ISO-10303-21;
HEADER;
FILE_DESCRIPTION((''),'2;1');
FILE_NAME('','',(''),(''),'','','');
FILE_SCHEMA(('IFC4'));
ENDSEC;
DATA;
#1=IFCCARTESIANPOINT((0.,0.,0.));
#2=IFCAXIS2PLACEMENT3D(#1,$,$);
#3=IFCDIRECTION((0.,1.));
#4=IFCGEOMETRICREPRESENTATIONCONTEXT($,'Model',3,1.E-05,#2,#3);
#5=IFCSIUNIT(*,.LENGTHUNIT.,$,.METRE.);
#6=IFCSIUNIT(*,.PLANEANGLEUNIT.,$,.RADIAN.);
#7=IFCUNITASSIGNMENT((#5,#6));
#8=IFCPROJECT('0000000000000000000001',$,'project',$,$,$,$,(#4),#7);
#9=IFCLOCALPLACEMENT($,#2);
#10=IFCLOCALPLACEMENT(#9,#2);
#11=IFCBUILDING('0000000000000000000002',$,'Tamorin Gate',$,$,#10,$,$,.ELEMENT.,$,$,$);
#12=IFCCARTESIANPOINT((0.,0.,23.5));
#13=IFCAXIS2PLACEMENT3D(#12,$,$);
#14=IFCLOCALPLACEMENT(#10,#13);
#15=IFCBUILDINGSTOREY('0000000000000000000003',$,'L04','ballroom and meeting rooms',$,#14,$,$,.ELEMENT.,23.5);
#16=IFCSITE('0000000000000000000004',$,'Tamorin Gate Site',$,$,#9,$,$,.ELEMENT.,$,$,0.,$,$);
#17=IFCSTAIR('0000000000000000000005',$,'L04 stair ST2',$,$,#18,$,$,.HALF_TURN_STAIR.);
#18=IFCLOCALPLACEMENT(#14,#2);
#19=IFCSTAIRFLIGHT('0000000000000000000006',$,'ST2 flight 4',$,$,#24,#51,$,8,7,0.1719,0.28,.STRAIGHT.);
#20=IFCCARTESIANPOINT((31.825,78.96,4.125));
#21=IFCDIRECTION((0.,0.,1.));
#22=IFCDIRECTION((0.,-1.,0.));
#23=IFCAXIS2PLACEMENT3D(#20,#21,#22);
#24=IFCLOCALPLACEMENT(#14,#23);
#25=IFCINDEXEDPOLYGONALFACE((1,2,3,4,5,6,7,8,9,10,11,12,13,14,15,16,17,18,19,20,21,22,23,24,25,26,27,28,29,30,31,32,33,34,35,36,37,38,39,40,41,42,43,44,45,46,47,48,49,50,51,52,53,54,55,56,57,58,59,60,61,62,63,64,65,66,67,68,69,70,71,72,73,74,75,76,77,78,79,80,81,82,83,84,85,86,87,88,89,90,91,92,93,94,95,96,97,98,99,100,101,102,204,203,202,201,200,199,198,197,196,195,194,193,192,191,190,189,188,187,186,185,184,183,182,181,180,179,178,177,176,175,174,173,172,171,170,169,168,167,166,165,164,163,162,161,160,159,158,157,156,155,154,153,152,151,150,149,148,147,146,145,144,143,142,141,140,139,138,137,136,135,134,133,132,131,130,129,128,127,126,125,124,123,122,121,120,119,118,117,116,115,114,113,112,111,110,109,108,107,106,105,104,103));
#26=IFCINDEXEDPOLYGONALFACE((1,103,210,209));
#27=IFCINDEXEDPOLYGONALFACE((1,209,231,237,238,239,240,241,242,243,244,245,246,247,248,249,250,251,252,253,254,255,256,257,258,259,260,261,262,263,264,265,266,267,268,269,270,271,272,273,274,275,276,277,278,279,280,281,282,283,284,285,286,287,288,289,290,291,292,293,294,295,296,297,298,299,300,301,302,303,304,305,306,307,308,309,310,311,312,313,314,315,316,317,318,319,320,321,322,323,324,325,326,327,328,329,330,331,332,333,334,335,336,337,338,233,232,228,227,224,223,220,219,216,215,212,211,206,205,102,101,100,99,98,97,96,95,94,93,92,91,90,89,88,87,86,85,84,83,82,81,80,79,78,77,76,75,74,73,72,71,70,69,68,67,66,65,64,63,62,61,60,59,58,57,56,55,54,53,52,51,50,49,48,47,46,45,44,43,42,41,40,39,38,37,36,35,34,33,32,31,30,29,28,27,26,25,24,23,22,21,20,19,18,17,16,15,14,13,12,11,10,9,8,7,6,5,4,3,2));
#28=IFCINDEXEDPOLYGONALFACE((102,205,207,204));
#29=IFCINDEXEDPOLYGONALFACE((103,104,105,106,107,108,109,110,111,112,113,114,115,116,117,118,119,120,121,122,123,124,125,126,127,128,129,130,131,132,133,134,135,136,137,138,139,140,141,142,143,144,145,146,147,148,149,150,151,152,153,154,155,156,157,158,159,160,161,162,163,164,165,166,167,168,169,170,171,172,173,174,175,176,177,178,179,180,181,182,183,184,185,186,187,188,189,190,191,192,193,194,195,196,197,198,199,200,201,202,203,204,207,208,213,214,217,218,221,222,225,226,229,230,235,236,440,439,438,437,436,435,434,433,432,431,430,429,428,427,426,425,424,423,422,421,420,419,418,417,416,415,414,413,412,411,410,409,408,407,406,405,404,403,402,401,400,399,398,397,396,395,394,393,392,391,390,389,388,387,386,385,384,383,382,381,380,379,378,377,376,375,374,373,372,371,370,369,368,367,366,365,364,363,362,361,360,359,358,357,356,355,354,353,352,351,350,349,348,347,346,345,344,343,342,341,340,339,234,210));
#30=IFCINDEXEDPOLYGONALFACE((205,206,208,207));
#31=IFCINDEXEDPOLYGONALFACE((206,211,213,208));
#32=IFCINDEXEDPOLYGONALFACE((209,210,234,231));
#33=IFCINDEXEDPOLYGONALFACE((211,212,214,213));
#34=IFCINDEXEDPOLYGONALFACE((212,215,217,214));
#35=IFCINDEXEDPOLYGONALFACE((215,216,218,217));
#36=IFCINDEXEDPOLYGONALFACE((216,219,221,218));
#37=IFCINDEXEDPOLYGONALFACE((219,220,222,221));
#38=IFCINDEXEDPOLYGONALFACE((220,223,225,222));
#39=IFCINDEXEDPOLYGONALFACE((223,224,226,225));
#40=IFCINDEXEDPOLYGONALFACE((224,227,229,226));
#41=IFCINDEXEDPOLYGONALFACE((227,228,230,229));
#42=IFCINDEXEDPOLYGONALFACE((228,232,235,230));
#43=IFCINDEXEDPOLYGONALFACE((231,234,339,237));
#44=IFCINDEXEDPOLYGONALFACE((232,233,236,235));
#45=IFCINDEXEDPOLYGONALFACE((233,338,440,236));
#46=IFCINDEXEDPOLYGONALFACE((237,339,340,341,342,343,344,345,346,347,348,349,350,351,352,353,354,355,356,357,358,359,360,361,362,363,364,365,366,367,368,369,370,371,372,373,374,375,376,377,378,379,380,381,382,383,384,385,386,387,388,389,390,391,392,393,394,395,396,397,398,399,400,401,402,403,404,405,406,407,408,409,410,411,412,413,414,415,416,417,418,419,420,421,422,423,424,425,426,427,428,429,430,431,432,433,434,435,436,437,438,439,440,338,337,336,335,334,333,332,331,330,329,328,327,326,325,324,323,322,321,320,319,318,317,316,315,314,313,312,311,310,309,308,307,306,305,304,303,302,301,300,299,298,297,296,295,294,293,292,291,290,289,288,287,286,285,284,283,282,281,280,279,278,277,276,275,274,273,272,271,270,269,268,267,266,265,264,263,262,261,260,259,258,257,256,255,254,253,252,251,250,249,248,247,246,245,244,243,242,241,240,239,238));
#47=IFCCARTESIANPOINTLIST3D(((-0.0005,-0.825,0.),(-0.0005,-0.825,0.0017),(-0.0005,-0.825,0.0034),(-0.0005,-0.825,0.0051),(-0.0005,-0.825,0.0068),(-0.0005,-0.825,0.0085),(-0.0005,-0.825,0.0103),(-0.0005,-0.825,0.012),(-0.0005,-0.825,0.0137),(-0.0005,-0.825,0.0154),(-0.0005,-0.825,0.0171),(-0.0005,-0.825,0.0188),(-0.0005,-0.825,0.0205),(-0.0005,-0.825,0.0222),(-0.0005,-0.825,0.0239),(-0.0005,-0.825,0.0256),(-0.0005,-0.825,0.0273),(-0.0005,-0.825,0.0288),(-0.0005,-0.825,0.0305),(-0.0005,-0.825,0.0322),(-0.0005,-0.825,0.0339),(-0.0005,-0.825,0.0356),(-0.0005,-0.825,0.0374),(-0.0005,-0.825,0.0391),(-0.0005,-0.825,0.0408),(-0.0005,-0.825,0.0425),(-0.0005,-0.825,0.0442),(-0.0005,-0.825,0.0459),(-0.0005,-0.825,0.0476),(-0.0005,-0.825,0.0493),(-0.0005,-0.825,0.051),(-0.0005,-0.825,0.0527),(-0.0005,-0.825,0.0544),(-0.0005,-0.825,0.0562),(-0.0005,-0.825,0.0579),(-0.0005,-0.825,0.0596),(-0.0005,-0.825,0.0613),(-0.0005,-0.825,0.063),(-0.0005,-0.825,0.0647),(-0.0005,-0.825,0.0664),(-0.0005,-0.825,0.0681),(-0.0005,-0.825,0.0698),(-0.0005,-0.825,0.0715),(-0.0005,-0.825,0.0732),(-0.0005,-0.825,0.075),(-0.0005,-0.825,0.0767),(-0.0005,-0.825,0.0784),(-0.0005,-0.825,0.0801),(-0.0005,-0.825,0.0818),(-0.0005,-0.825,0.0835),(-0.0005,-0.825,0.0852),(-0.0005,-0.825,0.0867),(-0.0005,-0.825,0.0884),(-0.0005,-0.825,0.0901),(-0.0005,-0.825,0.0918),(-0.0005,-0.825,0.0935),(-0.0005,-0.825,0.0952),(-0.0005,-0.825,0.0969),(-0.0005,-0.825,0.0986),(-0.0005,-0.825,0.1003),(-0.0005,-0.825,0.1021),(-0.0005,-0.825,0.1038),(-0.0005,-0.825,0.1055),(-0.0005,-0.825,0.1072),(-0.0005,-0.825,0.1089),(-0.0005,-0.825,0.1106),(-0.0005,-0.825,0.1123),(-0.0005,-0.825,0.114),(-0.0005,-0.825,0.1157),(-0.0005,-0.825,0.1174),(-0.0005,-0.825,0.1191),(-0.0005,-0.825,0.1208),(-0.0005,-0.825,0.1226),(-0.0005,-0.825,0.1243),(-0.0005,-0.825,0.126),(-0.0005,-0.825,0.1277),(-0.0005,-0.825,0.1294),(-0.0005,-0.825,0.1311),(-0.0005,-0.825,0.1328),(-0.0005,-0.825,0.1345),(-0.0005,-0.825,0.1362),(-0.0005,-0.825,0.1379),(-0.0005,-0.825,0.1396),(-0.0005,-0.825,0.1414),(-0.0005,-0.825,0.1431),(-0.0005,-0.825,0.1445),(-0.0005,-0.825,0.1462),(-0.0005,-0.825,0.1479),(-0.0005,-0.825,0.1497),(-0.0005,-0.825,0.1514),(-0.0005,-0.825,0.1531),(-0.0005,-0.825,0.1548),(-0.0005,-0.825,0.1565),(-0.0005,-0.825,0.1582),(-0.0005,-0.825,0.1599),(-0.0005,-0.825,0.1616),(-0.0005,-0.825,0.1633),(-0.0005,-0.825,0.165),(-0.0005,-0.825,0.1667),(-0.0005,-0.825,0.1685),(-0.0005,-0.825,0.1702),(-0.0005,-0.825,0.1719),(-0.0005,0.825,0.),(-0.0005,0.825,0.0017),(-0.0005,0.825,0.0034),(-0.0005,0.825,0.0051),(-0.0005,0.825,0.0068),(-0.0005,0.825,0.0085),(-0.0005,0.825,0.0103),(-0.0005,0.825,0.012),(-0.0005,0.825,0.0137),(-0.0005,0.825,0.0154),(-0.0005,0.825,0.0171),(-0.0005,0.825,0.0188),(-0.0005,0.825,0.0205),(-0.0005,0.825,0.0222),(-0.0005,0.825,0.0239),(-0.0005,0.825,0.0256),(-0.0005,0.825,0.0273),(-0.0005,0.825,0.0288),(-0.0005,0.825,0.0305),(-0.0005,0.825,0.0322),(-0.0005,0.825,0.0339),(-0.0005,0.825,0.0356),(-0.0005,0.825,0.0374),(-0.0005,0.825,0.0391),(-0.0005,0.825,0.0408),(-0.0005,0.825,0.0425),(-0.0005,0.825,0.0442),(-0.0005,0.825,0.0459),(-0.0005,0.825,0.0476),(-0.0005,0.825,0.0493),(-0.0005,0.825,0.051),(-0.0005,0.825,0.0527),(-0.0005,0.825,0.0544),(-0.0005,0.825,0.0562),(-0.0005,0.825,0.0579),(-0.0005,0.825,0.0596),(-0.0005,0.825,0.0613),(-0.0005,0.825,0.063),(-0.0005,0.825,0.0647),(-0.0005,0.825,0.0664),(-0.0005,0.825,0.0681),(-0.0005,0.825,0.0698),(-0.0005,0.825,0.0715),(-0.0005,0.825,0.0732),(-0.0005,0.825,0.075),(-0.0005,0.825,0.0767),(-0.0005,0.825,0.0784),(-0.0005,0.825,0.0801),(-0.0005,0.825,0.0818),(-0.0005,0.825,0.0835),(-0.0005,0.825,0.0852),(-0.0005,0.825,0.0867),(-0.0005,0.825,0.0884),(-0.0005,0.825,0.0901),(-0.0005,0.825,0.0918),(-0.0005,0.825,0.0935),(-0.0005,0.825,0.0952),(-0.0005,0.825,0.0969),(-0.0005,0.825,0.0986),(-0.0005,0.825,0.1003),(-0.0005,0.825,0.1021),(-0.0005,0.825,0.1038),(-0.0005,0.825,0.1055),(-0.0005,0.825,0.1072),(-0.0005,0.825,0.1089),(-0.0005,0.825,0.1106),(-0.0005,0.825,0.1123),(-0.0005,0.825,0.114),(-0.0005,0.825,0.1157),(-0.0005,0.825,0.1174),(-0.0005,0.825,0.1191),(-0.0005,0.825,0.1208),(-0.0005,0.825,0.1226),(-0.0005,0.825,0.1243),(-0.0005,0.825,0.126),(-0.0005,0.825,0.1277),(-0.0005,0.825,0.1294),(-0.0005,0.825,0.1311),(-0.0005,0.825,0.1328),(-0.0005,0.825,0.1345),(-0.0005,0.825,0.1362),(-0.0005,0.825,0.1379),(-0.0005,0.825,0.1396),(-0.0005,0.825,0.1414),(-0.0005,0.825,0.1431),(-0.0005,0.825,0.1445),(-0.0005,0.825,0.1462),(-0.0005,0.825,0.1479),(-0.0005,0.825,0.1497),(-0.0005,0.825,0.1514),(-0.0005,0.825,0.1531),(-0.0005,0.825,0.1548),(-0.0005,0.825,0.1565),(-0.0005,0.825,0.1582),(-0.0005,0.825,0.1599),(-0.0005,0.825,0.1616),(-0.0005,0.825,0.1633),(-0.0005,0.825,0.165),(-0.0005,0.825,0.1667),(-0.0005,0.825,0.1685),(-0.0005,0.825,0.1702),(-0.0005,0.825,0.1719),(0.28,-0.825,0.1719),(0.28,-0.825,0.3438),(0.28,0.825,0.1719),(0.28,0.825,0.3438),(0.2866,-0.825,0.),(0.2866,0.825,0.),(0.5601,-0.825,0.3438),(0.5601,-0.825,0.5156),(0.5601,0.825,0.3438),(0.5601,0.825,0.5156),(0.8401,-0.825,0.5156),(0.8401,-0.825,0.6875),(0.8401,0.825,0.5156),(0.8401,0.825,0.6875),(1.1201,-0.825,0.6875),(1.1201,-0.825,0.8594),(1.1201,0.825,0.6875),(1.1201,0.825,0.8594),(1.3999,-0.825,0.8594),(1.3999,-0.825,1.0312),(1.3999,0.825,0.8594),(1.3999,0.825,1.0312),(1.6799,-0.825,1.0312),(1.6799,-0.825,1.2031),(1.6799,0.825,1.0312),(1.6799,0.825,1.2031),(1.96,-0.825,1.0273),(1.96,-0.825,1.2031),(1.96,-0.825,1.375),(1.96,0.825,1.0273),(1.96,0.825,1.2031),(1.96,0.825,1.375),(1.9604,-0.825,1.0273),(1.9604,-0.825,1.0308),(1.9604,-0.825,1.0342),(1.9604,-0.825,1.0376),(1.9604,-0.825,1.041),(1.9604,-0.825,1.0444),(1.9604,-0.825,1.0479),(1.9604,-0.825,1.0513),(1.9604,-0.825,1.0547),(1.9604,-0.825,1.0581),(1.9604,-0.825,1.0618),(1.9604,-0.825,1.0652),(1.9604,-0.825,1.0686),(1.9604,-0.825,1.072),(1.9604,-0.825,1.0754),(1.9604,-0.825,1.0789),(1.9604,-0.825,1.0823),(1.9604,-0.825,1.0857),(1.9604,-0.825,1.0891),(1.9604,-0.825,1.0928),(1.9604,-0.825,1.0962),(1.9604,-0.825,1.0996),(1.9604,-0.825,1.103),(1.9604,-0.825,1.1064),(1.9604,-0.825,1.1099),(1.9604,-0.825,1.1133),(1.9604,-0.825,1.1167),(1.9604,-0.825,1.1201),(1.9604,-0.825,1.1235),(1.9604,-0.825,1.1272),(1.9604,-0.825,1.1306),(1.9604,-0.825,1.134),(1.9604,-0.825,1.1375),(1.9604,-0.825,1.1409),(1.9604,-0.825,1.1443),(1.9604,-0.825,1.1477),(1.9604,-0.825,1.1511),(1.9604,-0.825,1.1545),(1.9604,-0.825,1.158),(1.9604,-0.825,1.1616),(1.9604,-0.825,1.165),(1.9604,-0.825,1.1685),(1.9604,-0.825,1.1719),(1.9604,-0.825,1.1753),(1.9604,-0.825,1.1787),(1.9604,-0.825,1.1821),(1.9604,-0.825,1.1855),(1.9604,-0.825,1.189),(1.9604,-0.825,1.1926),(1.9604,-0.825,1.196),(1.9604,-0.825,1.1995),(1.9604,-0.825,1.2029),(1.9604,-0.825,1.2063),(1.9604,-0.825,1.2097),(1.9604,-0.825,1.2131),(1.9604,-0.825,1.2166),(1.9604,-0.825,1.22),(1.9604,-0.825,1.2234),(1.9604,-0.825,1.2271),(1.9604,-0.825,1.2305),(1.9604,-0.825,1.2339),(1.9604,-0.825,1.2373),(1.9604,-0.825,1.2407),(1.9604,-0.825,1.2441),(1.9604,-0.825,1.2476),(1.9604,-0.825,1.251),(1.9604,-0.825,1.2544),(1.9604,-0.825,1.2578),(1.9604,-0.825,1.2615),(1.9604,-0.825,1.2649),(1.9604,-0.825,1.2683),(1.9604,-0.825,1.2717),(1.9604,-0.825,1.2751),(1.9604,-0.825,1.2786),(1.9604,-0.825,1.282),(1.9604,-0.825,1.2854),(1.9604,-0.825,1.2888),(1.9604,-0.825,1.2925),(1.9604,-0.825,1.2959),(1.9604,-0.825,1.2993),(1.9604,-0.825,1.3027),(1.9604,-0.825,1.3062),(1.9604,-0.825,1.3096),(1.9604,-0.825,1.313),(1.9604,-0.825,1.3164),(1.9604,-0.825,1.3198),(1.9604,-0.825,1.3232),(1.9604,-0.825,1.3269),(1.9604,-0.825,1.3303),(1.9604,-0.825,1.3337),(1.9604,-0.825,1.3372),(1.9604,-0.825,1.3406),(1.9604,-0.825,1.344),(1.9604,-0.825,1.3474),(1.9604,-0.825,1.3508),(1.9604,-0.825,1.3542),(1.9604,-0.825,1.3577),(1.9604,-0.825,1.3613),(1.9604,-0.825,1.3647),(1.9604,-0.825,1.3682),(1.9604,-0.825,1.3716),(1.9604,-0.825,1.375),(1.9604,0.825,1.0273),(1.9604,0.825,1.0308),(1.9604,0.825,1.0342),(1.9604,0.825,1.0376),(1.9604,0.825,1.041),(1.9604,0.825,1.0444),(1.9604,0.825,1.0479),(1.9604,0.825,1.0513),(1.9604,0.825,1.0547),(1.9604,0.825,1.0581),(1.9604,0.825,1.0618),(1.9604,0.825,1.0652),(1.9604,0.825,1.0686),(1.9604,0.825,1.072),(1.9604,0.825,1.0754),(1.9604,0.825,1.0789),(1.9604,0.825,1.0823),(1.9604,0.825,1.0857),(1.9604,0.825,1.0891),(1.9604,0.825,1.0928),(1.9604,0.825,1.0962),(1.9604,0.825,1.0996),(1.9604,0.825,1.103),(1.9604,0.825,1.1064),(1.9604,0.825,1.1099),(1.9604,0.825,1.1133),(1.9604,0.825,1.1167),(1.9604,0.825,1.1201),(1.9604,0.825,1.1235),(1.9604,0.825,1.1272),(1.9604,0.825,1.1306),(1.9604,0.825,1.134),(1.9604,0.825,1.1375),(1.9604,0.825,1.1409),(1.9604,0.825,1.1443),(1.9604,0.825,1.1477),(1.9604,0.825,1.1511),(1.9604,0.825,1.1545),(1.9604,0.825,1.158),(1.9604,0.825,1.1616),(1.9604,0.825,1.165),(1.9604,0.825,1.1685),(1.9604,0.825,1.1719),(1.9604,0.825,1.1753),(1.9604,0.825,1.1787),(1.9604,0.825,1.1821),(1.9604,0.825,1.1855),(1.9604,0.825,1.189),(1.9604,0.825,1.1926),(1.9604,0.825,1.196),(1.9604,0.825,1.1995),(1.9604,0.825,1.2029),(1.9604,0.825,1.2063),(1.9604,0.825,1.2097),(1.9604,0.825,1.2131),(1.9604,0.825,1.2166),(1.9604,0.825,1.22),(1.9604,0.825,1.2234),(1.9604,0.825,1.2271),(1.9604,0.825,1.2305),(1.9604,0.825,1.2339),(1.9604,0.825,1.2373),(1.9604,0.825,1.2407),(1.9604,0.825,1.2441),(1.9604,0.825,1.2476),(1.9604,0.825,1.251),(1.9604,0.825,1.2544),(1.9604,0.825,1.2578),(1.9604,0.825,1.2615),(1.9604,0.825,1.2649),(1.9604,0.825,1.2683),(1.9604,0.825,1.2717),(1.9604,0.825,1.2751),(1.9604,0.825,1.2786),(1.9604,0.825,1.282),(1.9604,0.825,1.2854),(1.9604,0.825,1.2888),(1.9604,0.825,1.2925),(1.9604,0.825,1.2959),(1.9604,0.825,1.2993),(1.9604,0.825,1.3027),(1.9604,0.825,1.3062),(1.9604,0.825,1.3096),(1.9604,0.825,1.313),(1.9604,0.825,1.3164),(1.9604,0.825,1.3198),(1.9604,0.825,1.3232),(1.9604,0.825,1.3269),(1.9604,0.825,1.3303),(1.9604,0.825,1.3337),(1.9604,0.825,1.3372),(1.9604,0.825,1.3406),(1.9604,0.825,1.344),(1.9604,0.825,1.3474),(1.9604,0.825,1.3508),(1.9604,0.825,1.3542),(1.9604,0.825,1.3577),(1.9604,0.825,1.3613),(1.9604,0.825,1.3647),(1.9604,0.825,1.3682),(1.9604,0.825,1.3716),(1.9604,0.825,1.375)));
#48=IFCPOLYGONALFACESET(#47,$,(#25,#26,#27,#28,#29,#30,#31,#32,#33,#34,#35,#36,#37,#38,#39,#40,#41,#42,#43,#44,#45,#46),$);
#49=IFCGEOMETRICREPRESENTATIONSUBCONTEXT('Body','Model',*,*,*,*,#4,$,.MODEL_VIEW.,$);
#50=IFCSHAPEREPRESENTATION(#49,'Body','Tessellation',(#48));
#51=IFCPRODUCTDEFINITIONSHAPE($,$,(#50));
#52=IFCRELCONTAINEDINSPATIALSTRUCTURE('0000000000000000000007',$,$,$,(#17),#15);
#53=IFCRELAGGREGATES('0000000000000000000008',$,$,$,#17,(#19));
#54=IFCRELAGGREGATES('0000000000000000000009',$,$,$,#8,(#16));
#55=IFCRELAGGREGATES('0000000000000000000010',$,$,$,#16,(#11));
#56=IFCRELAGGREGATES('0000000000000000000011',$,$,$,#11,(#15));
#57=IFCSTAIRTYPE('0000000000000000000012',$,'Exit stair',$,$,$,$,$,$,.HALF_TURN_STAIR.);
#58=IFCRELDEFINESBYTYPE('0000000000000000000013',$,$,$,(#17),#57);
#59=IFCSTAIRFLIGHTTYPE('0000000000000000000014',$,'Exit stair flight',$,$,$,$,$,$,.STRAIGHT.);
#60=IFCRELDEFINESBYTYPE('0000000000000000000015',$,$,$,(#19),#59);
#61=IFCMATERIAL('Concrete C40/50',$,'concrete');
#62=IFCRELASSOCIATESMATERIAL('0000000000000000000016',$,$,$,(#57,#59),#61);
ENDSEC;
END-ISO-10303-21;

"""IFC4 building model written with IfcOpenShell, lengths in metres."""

from ifc_helpers import new_model, si_unit, direction, frame, origin, place, context, subcontext, project, spatial, polyline, outline, extrude, material, type_object, element, aggregate, save


model = new_model("IFC4")

# Units and contexts
model_context = context("Model", 3, precision=1e-05, world=origin(), true_north=direction((0.0, 1.0)))
body_context = subcontext(model_context, "Body", "Model", "MODEL_VIEW")
ifc_project = project(units=[si_unit("LENGTHUNIT", "METRE"), si_unit("PLANEANGLEUNIT", "RADIAN")], contexts=[model_context])

# Site, building, storey
site_placement = place(None, origin())
site = spatial("IfcSite", under=ifc_project, at=site_placement, Name="Tamorin Gate Site", CompositionType="ELEMENT", RefElevation=0.0)
building_placement = place(site_placement, origin())
building = spatial("IfcBuilding", under=site, at=building_placement, Name="Tamorin Gate", CompositionType="ELEMENT")
storey_placement = place(building_placement, frame((0.0, 0.0, 23.5)))
storey = spatial("IfcBuildingStorey", under=building, at=storey_placement, Name="L04", Description="ballroom and meeting rooms", CompositionType="ELEMENT", Elevation=23.5)

# Shared definitions
ifc_material_1 = material(Name="Concrete C40/50", Category="concrete")

# Stair, stair flight
stair_type = type_object("IfcStairType", Name="Exit stair", PredefinedType="HALF_TURN_STAIR", material=ifc_material_1)
stair_placement = place(storey_placement, origin())
stair = element("IfcStair", 1, at=stair_placement, inside=storey, type_object=stair_type, Name="L04 stair ST2", PredefinedType="HALF_TURN_STAIR")
stair_flight_type = type_object("IfcStairFlightType", Name="Exit stair flight", PredefinedType="STRAIGHT", material=ifc_material_1)
stair_flight_1_placement = place(storey_placement, frame((31.825, 78.96, 4.125), z_axis=(0.0, 0.0, 1.0), x_axis=(0.0, -1.0, 0.0)))
stair_flight_1 = element("IfcStairFlight", 2, at=stair_flight_1_placement, type_object=stair_flight_type, Name="ST2 flight 4", NumberOfRisers=8, NumberOfTreads=7, PredefinedType="STRAIGHT", RiserHeight=0.1719, TreadLength=0.28, context=body_context, shape_type="SweptSolid", body=[
    extrude(outline(polyline([(-0.0005, 0.0), (-0.0005, 0.0017), (-0.0005, 0.0034), (-0.0005, 0.0051), (-0.0005, 0.0068), (-0.0005, 0.0085), (-0.0005, 0.0103), (-0.0005, 0.012), (-0.0005, 0.0137), (-0.0005, 0.0154), (-0.0005, 0.0171), (-0.0005, 0.0188), (-0.0005, 0.0205), (-0.0005, 0.0222), (-0.0005, 0.0239), (-0.0005, 0.0256), (-0.0005, 0.0273), (-0.0005, 0.0288), (-0.0005, 0.0305), (-0.0005, 0.0322), (-0.0005, 0.0339), (-0.0005, 0.0356), (-0.0005, 0.0374), (-0.0005, 0.0391), (-0.0005, 0.0408), (-0.0005, 0.0425), (-0.0005, 0.0442), (-0.0005, 0.0459), (-0.0005, 0.0476), (-0.0005, 0.0493), (-0.0005, 0.051), (-0.0005, 0.0527), (-0.0005, 0.0544), (-0.0005, 0.0562), (-0.0005, 0.0579), (-0.0005, 0.0596), (-0.0005, 0.0613), (-0.0005, 0.063), (-0.0005, 0.0647), (-0.0005, 0.0664), (-0.0005, 0.0681), (-0.0005, 0.0698), (-0.0005, 0.0715), (-0.0005, 0.0732), (-0.0005, 0.075), (-0.0005, 0.0767), (-0.0005, 0.0784), (-0.0005, 0.0801), (-0.0005, 0.0818), (-0.0005, 0.0835), (-0.0005, 0.0852), (-0.0005, 0.0867), (-0.0005, 0.0884), (-0.0005, 0.0901), (-0.0005, 0.0918), (-0.0005, 0.0935), (-0.0005, 0.0952), (-0.0005, 0.0969), (-0.0005, 0.0986), (-0.0005, 0.1003), (-0.0005, 0.1021), (-0.0005, 0.1038), (-0.0005, 0.1055), (-0.0005, 0.1072), (-0.0005, 0.1089), (-0.0005, 0.1106), (-0.0005, 0.1123), (-0.0005, 0.114), (-0.0005, 0.1157), (-0.0005, 0.1174), (-0.0005, 0.1191), (-0.0005, 0.1208), (-0.0005, 0.1226), (-0.0005, 0.1243), (-0.0005, 0.126), (-0.0005, 0.1277), (-0.0005, 0.1294), (-0.0005, 0.1311), (-0.0005, 0.1328), (-0.0005, 0.1345), (-0.0005, 0.1362), (-0.0005, 0.1379), (-0.0005, 0.1396), (-0.0005, 0.1414), (-0.0005, 0.1431), (-0.0005, 0.1445), (-0.0005, 0.1462), (-0.0005, 0.1479), (-0.0005, 0.1497), (-0.0005, 0.1514), (-0.0005, 0.1531), (-0.0005, 0.1548), (-0.0005, 0.1565), (-0.0005, 0.1582), (-0.0005, 0.1599), (-0.0005, 0.1616), (-0.0005, 0.1633), (-0.0005, 0.165), (-0.0005, 0.1667), (-0.0005, 0.1685), (-0.0005, 0.1702), (-0.0005, 0.1719), (0.28, 0.1719), (0.28, 0.3438), (0.5601, 0.3438), (0.5601, 0.5156), (0.8401, 0.5156), (0.8401, 0.6875), (1.1201, 0.6875), (1.1201, 0.8594), (1.3999, 0.8594), (1.3999, 1.0312), (1.6799, 1.0312), (1.6799, 1.2031), (1.96, 1.2031), (1.96, 1.375), (1.9604, 1.375), (1.9604, 1.3716), (1.9604, 1.3682), (1.9604, 1.3647), (1.9604, 1.3613), (1.9604, 1.3577), (1.9604, 1.3542), (1.9604, 1.3508), (1.9604, 1.3474), (1.9604, 1.344), (1.9604, 1.3406), (1.9604, 1.3372), (1.9604, 1.3337), (1.9604, 1.3303), (1.9604, 1.3269), (1.9604, 1.3232), (1.9604, 1.3198), (1.9604, 1.3164), (1.9604, 1.313), (1.9604, 1.3096), (1.9604, 1.3062), (1.9604, 1.3027), (1.9604, 1.2993), (1.9604, 1.2959), (1.9604, 1.2925), (1.9604, 1.2888), (1.9604, 1.2854), (1.9604, 1.282), (1.9604, 1.2786), (1.9604, 1.2751), (1.9604, 1.2717), (1.9604, 1.2683), (1.9604, 1.2649), (1.9604, 1.2615), (1.9604, 1.2578), (1.9604, 1.2544), (1.9604, 1.251), (1.9604, 1.2476), (1.9604, 1.2441), (1.9604, 1.2407), (1.9604, 1.2373), (1.9604, 1.2339), (1.9604, 1.2305), (1.9604, 1.2271), (1.9604, 1.2234), (1.9604, 1.22), (1.9604, 1.2166), (1.9604, 1.2131), (1.9604, 1.2097), (1.9604, 1.2063), (1.9604, 1.2029), (1.9604, 1.1995), (1.9604, 1.196), (1.9604, 1.1926), (1.9604, 1.189), (1.9604, 1.1855), (1.9604, 1.1821), (1.9604, 1.1787), (1.9604, 1.1753), (1.9604, 1.1719), (1.9604, 1.1685), (1.9604, 1.165), (1.9604, 1.1616), (1.9604, 1.158), (1.9604, 1.1545), (1.9604, 1.1511), (1.9604, 1.1477), (1.9604, 1.1443), (1.9604, 1.1409), (1.9604, 1.1375), (1.9604, 1.134), (1.9604, 1.1306), (1.9604, 1.1272), (1.9604, 1.1235), (1.9604, 1.1201), (1.9604, 1.1167), (1.9604, 1.1133), (1.9604, 1.1099), (1.9604, 1.1064), (1.9604, 1.103), (1.9604, 1.0996), (1.9604, 1.0962), (1.9604, 1.0928), (1.9604, 1.0891), (1.9604, 1.0857), (1.9604, 1.0823), (1.9604, 1.0789), (1.9604, 1.0754), (1.9604, 1.072), (1.9604, 1.0686), (1.9604, 1.0652), (1.9604, 1.0618), (1.9604, 1.0581), (1.9604, 1.0547), (1.9604, 1.0513), (1.9604, 1.0479), (1.9604, 1.0444), (1.9604, 1.041), (1.9604, 1.0376), (1.9604, 1.0342), (1.9604, 1.0308), (1.9604, 1.0273), (1.96, 1.0273), (0.2866, 0.0), (-0.0005, 0.0)])), frame((0.0, 0.825, 0.0), z_axis=(0.0, -1.0, 0.0), x_axis=(1.0, 0.0, 0.0)), (0.0, 0.0, 1.0), 1.6499),
])
aggregate(stair, [stair_flight_1])

save(model, "model.ifc")
